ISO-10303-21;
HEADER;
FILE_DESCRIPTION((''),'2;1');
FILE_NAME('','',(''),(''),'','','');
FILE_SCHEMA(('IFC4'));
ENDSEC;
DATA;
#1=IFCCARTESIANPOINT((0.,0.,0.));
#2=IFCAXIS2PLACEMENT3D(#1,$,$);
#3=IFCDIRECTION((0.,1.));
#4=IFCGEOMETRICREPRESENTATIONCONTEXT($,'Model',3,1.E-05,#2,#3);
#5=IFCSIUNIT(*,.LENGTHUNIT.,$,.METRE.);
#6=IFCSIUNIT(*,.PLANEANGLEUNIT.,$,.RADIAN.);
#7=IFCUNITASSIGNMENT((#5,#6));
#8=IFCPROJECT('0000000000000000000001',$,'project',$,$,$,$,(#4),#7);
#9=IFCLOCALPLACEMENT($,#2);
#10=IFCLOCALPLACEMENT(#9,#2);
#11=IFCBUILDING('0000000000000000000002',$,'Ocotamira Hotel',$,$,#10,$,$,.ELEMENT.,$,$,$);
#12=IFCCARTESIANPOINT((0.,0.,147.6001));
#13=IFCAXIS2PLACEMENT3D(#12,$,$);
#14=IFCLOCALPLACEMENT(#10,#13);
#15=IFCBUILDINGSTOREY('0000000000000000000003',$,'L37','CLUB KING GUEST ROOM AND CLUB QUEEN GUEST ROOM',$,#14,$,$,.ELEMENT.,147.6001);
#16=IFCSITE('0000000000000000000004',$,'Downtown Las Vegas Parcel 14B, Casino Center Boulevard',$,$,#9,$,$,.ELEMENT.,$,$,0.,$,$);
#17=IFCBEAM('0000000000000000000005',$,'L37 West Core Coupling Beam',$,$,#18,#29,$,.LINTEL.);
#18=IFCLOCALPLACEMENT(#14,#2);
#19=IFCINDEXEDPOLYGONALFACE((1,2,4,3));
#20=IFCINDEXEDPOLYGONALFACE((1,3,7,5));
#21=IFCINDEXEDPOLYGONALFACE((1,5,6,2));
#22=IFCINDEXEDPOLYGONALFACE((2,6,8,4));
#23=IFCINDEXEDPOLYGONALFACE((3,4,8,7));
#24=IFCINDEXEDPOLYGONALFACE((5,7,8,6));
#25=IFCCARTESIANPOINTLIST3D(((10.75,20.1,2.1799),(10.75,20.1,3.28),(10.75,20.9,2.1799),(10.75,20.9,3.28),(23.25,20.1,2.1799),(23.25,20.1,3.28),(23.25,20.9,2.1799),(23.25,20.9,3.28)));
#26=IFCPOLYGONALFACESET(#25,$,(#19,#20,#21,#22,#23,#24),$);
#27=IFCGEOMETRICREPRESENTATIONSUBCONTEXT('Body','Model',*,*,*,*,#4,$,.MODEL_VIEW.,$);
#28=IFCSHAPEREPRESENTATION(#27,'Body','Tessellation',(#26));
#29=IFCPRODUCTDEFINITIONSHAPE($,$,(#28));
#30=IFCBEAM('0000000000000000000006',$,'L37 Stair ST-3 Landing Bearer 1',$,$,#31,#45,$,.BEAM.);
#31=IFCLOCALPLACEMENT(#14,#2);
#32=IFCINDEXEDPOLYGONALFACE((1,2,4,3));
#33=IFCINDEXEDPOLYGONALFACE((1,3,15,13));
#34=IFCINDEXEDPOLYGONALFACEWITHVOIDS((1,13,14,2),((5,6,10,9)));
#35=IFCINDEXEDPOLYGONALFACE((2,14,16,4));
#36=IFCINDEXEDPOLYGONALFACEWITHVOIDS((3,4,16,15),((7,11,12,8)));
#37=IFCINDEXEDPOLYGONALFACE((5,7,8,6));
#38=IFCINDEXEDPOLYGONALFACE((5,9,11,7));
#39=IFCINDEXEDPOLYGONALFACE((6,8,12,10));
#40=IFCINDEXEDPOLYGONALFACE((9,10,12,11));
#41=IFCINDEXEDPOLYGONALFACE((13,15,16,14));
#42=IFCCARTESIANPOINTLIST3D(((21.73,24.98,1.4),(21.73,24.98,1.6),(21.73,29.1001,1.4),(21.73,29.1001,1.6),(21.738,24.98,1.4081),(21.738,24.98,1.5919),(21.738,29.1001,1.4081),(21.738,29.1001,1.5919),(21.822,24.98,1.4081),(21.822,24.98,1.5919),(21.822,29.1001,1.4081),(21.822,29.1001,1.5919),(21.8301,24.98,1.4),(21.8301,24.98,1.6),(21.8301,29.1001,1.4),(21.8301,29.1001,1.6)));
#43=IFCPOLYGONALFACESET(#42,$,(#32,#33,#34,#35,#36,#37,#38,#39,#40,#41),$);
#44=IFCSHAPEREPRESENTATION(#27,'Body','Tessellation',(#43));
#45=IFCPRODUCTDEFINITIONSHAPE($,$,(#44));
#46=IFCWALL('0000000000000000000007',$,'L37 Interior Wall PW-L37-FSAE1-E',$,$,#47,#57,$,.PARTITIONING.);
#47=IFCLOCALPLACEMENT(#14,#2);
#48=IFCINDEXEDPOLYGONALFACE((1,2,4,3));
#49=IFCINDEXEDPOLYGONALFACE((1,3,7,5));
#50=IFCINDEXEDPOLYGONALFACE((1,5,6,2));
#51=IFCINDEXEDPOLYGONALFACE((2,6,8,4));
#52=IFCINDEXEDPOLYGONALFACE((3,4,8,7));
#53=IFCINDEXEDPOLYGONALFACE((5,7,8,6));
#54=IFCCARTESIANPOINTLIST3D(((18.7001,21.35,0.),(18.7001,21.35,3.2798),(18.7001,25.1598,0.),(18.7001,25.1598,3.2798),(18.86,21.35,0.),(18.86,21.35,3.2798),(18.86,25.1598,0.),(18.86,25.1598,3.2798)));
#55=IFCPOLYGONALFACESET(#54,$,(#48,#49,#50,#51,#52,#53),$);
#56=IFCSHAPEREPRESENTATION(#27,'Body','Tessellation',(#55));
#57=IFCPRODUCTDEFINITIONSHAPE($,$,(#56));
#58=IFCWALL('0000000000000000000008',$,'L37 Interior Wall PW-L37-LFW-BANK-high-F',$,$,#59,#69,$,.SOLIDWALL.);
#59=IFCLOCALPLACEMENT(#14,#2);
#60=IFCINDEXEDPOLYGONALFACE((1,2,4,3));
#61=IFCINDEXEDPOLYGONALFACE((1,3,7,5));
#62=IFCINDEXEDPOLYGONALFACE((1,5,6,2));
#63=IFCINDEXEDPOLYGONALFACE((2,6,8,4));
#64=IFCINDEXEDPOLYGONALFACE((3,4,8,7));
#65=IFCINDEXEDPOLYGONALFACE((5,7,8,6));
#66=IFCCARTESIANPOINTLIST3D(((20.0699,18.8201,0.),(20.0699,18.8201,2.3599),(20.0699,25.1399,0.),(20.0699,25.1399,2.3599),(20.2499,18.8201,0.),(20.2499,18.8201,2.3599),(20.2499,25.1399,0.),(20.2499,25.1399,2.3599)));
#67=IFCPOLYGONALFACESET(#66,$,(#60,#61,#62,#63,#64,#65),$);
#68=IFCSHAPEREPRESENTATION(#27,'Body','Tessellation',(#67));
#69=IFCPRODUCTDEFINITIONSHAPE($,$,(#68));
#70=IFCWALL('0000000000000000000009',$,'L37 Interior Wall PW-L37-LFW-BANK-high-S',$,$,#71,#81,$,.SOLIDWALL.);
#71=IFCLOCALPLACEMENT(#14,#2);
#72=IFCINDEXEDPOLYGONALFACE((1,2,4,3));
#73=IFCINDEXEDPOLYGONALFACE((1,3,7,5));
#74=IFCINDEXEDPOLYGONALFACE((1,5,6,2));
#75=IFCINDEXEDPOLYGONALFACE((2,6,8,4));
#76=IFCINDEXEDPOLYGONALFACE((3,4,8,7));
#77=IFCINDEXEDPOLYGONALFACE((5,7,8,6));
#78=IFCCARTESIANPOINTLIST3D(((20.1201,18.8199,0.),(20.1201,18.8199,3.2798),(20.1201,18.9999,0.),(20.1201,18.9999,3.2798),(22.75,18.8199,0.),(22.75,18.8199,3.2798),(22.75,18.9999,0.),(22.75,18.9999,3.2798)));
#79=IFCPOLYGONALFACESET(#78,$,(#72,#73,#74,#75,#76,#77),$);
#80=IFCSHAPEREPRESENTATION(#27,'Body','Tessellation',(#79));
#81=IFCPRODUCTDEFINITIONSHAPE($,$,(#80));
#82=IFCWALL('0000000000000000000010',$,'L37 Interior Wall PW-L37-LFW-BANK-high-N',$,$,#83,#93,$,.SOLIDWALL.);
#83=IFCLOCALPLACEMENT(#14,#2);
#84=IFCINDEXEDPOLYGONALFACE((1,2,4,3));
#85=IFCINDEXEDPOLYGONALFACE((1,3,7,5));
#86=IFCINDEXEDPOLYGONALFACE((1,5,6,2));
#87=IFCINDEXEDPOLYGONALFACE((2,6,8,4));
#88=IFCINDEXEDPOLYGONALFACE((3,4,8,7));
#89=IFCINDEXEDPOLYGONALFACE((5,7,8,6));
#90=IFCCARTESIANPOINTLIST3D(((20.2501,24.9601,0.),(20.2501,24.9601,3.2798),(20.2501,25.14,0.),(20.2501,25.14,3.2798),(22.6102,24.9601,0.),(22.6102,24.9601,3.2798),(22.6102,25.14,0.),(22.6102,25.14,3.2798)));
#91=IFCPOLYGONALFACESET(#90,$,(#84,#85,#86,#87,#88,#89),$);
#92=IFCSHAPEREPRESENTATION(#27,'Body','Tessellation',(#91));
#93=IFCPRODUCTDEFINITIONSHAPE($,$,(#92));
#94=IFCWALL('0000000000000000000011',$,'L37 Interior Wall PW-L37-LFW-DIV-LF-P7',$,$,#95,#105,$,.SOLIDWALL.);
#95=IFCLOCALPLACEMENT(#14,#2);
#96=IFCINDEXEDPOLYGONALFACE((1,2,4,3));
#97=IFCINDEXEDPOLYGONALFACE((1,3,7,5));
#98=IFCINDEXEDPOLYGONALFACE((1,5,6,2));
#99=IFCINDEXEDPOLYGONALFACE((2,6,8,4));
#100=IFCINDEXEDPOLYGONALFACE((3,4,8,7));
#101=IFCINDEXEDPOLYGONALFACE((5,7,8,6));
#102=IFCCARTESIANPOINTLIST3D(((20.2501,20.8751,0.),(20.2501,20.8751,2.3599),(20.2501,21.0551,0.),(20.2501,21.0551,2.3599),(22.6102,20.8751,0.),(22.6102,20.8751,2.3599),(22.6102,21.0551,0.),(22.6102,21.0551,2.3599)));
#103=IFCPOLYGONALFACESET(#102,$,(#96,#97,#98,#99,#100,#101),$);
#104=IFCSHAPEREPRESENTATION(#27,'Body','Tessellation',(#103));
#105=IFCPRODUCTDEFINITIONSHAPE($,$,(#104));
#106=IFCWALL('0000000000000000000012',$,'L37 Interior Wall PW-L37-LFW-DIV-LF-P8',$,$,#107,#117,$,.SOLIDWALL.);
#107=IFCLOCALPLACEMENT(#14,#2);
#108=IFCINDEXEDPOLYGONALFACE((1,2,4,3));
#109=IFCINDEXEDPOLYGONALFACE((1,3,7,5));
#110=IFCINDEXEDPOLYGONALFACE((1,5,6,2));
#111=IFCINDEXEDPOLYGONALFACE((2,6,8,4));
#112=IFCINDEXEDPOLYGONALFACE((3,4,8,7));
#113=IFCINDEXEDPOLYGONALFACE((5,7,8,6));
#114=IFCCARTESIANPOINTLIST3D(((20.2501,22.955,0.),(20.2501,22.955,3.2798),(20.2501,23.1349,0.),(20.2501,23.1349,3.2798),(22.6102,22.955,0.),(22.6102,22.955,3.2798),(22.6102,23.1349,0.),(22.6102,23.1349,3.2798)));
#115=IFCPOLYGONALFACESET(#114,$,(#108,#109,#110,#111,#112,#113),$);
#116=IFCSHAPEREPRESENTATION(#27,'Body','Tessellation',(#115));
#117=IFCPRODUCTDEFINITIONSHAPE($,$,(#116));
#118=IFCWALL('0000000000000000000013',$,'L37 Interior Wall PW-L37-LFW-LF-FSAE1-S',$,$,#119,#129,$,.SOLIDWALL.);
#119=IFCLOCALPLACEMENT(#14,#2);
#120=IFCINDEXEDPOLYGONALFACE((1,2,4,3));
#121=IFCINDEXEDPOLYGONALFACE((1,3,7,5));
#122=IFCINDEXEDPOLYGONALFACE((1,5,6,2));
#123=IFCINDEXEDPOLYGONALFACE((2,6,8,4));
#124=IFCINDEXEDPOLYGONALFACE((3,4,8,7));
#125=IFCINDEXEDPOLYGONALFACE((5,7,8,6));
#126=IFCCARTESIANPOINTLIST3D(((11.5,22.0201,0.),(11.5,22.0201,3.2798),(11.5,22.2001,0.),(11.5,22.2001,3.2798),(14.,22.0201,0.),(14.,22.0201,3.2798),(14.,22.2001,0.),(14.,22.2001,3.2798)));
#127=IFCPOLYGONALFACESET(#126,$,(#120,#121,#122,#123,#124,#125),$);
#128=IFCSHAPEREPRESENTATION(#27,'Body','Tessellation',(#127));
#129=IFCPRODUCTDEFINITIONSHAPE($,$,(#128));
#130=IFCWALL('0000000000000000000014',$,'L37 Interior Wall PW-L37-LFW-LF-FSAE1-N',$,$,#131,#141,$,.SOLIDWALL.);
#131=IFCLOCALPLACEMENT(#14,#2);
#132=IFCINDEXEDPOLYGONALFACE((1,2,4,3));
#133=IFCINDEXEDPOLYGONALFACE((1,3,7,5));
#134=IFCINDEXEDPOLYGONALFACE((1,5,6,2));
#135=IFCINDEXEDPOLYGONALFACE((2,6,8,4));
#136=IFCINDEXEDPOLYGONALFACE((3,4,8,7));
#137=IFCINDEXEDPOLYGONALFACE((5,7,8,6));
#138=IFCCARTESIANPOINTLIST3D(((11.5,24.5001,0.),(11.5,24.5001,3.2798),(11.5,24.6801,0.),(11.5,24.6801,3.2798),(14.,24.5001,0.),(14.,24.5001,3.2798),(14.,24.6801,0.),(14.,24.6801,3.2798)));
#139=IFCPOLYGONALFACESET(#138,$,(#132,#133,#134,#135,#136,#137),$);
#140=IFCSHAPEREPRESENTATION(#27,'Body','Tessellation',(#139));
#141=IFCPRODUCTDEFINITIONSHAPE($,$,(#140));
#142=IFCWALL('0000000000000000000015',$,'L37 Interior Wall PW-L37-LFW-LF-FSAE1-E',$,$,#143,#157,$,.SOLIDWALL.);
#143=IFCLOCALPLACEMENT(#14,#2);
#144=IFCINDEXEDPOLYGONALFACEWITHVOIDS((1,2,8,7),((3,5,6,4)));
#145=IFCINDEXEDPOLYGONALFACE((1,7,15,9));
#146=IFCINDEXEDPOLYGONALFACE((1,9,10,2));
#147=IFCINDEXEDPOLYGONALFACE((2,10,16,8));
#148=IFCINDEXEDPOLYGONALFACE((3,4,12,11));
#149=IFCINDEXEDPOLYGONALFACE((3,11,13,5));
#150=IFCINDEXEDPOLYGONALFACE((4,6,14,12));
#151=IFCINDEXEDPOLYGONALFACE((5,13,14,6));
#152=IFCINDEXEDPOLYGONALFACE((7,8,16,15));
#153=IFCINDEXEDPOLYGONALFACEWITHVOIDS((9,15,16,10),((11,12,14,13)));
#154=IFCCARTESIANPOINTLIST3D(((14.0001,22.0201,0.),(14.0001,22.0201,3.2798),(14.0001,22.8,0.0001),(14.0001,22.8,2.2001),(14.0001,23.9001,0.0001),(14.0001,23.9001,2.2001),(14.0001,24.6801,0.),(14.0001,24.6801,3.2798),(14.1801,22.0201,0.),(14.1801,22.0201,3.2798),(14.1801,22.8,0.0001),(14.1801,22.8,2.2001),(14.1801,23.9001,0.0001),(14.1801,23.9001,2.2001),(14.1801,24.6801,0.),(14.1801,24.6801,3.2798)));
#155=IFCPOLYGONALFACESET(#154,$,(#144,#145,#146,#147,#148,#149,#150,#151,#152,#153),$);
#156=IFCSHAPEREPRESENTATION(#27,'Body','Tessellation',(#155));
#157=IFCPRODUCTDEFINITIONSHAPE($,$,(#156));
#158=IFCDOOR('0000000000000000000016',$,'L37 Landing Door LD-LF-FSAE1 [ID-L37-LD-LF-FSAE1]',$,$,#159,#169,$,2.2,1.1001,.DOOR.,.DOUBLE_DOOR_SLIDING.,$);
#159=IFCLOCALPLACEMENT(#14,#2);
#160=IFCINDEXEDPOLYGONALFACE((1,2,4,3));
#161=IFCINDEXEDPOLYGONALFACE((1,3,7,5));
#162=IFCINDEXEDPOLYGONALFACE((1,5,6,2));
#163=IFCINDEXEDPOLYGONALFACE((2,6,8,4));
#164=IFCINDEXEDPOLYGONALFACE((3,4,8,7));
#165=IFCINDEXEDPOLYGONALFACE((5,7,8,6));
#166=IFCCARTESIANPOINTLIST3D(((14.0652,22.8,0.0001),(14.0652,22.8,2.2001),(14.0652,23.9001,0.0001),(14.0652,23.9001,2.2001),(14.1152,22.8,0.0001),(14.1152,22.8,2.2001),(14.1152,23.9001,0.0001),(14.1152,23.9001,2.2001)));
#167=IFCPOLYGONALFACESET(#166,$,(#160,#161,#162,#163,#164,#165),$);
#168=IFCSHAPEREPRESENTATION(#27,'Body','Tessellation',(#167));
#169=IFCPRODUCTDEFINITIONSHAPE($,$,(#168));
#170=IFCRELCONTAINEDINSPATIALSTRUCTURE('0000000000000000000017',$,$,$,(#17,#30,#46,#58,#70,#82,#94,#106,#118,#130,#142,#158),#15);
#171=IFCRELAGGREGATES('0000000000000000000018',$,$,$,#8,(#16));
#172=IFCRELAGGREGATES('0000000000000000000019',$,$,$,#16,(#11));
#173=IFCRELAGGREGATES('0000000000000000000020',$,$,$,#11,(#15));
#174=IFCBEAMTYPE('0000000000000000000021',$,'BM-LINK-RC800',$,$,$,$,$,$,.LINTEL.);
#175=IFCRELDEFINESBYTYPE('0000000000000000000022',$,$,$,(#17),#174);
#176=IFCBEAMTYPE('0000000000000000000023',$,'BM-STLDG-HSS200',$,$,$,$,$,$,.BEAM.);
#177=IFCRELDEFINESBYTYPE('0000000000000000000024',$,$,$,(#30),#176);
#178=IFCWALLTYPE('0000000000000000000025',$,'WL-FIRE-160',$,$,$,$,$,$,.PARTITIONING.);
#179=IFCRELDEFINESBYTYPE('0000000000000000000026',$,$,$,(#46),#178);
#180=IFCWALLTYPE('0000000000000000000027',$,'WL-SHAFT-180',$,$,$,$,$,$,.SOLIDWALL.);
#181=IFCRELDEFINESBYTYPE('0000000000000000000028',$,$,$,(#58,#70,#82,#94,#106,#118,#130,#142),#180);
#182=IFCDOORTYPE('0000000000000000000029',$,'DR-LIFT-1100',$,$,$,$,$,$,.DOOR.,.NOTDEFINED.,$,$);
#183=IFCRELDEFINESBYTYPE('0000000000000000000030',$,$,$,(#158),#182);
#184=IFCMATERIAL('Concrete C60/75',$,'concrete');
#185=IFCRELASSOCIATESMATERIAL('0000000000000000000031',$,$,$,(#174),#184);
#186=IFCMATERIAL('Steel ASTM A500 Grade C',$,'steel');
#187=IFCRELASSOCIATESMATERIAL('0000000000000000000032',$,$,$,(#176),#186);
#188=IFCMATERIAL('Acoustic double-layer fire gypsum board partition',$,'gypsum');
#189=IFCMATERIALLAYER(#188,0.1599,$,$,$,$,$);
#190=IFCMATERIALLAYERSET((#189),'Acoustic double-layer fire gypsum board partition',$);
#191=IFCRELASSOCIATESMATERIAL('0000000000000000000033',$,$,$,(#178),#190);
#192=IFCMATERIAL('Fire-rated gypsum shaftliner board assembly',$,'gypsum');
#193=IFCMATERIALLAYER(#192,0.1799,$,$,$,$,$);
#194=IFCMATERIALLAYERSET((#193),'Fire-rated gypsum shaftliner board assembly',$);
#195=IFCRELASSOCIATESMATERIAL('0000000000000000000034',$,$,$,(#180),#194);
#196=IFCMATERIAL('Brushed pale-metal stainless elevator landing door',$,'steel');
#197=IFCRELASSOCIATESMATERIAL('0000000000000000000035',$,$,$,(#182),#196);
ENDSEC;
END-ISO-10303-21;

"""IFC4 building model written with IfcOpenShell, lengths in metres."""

from ifc_helpers import new_model, si_unit, direction, frame, frame_2d, origin, origin_2d, place, context, subcontext, project, spatial, rectangle, hollow_rectangle, extrude, source, transform, mapped, material, layer, layer_set, material_profile, profile_set, type_object, element, fill, save


model = new_model("IFC4")

# Units and contexts
model_context = context("Model", 3, precision=1e-05, world=origin(), true_north=direction((0.0, 1.0)))
body_context = subcontext(model_context, "Body", "Model", "MODEL_VIEW")
ifc_project = project(units=[si_unit("LENGTHUNIT", "METRE"), si_unit("PLANEANGLEUNIT", "RADIAN")], contexts=[model_context])

# Site, building, storey
site_placement = place(None, origin())
site = spatial("IfcSite", under=ifc_project, at=site_placement, Name="Downtown Las Vegas Parcel 14B, Casino Center Boulevard", CompositionType="ELEMENT", RefElevation=0.0)
building_placement = place(site_placement, origin())
building = spatial("IfcBuilding", under=site, at=building_placement, Name="Ocotamira Hotel", CompositionType="ELEMENT")
storey_placement = place(building_placement, frame((0.0, 0.0, 147.6001)))
storey = spatial("IfcBuildingStorey", under=building, at=storey_placement, Name="L37", Description="CLUB KING GUEST ROOM AND CLUB QUEEN GUEST ROOM", CompositionType="ELEMENT", Elevation=147.6001)

# Beams
ifc_material_1 = material(Name="Concrete C60/75", Category="concrete")
ifc_material_profile_1 = material_profile(ifc_material_1, rectangle(XDim=0.8, YDim=1.1001, at=origin_2d()), Name="RC800X1100")
ifc_profile_set_1 = profile_set([ifc_material_profile_1], Name="Concrete C60/75")
beam_type_1 = type_object("IfcBeamType", Name="BM-LINK-RC800", PredefinedType="LINTEL", material=ifc_profile_set_1)
shared_shape_1 = source(origin(), body_context, "Body", "SweptSolid", [
    extrude(rectangle(XDim=0.8, YDim=1.1001, at=origin_2d()), origin(), (0.0, 0.0, 1.0), 12.5),
])
beam_1_placement = place(storey_placement, frame((10.75, 20.5, 2.73), z_axis=(1.0, 0.0, 0.0), x_axis=(0.0, 1.0, 0.0)))
element("IfcBeam", 1, at=beam_1_placement, inside=storey, type_object=beam_type_1, Name="L37 West Core Coupling Beam", PredefinedType="LINTEL", context=body_context, shape_type="MappedRepresentation", body=[
    mapped(shared_shape_1, transform((0.0, 0.0, 0.0), scale=1.0)),
])
ifc_material_2 = material(Name="Steel ASTM A500 Grade C", Category="steel")
ifc_material_profile_2 = material_profile(ifc_material_2, hollow_rectangle(XDim=0.1001, YDim=0.2, WallThickness=0.0081, at=origin_2d()), Name="HSS200X100X8")
ifc_profile_set_2 = profile_set([ifc_material_profile_2], Name="Steel ASTM A500 Grade C")
beam_type_2 = type_object("IfcBeamType", Name="BM-STLDG-HSS200", PredefinedType="BEAM", material=ifc_profile_set_2)
shared_shape_2 = source(origin(), body_context, "Body", "SweptSolid", [
    extrude(hollow_rectangle(XDim=0.1001, YDim=0.2, WallThickness=0.0081, at=origin_2d()), origin(), (0.0, 0.0, 1.0), 4.1201),
])
beam_2_placement = place(storey_placement, frame((21.78, 24.98, 1.5), z_axis=(0.0, 1.0, 0.0), x_axis=(-1.0, 0.0, 0.0)))
element("IfcBeam", 2, at=beam_2_placement, inside=storey, type_object=beam_type_2, Name="L37 Stair ST-3 Landing Bearer 1", PredefinedType="BEAM", context=body_context, shape_type="MappedRepresentation", body=[
    mapped(shared_shape_2, transform((0.0, 0.0, 0.0), scale=1.0)),
])

# Shared definitions
ifc_material_3 = material(Name="Acoustic double-layer fire gypsum board partition", Category="gypsum")
ifc_layer_1 = layer(ifc_material_3, 0.1599)
ifc_layer_set_1 = layer_set([ifc_layer_1], Name="Acoustic double-layer fire gypsum board partition")
wall_type_1 = type_object("IfcWallType", Name="WL-FIRE-160", PredefinedType="PARTITIONING", material=ifc_layer_set_1)

# Walls
wall_1_placement = place(storey_placement, frame((18.78, 21.3501, 0.0), z_axis=(0.0, 0.0, 1.0), x_axis=(0.0, 1.0, 0.0)))
element("IfcWall", 3, at=wall_1_placement, inside=storey, type_object=wall_type_1, Name="L37 Interior Wall PW-L37-FSAE1-E", PredefinedType="PARTITIONING", context=body_context, shape_type="SweptSolid", body=[
    extrude(rectangle(XDim=3.8098, YDim=0.1599, at=frame_2d((1.9048, 0.0))), origin(), (0.0, 0.0, 1.0), 3.2798),
])
ifc_material_4 = material(Name="Fire-rated gypsum shaftliner board assembly", Category="gypsum")
ifc_layer_2 = layer(ifc_material_4, 0.1799)
ifc_layer_set_2 = layer_set([ifc_layer_2], Name="Fire-rated gypsum shaftliner board assembly")
wall_type_2 = type_object("IfcWallType", Name="WL-SHAFT-180", PredefinedType="SOLIDWALL", material=ifc_layer_set_2)
wall_2_placement = place(storey_placement, frame((20.1599, 18.8201, 0.0), z_axis=(0.0, 0.0, 1.0), x_axis=(0.0, 1.0, 0.0)))
element("IfcWall", 4, at=wall_2_placement, inside=storey, type_object=wall_type_2, Name="L37 Interior Wall PW-L37-LFW-BANK-high-F", PredefinedType="SOLIDWALL", context=body_context, shape_type="SweptSolid", body=[
    extrude(rectangle(XDim=6.3198, YDim=0.1799, at=frame_2d((3.1599, 0.0))), origin(), (0.0, 0.0, 1.0), 2.3599),
])
wall_3_placement = place(storey_placement, frame((20.1201, 18.9099, 0.0), z_axis=(0.0, 0.0, 1.0), x_axis=(1.0, 0.0, 0.0)))
element("IfcWall", 5, at=wall_3_placement, inside=storey, type_object=wall_type_2, Name="L37 Interior Wall PW-L37-LFW-BANK-high-S", PredefinedType="SOLIDWALL", context=body_context, shape_type="SweptSolid", body=[
    extrude(rectangle(XDim=2.6299, YDim=0.1799, at=frame_2d((1.3149, 0.0))), origin(), (0.0, 0.0, 1.0), 3.2798),
])
wall_4_placement = place(storey_placement, frame((20.25, 25.05, 0.0), z_axis=(0.0, 0.0, 1.0), x_axis=(1.0, 0.0, 0.0)))
element("IfcWall", 6, at=wall_4_placement, inside=storey, type_object=wall_type_2, Name="L37 Interior Wall PW-L37-LFW-BANK-high-N", PredefinedType="SOLIDWALL", context=body_context, shape_type="SweptSolid", body=[
    extrude(rectangle(XDim=2.3601, YDim=0.1799, at=frame_2d((1.1802, 0.0))), origin(), (0.0, 0.0, 1.0), 3.2798),
])
wall_5_placement = place(storey_placement, frame((20.25, 20.9651, 0.0), z_axis=(0.0, 0.0, 1.0), x_axis=(1.0, 0.0, 0.0)))
element("IfcWall", 7, at=wall_5_placement, inside=storey, type_object=wall_type_2, Name="L37 Interior Wall PW-L37-LFW-DIV-LF-P7", PredefinedType="SOLIDWALL", context=body_context, shape_type="SweptSolid", body=[
    extrude(rectangle(XDim=2.3601, YDim=0.1799, at=frame_2d((1.1802, 0.0))), origin(), (0.0, 0.0, 1.0), 2.3599),
])
wall_6_placement = place(storey_placement, frame((20.25, 23.0449, 0.0), z_axis=(0.0, 0.0, 1.0), x_axis=(1.0, 0.0, 0.0)))
element("IfcWall", 8, at=wall_6_placement, inside=storey, type_object=wall_type_2, Name="L37 Interior Wall PW-L37-LFW-DIV-LF-P8", PredefinedType="SOLIDWALL", context=body_context, shape_type="SweptSolid", body=[
    extrude(rectangle(XDim=2.3601, YDim=0.1799, at=frame_2d((1.1802, 0.0))), origin(), (0.0, 0.0, 1.0), 3.2798),
])
for number, where, z_axis, x_axis, name in (
    (9, (11.5, 22.1101, 0.0), (0.0, 0.0, 1.0), (1.0, 0.0, 0.0), "L37 Interior Wall PW-L37-LFW-LF-FSAE1-S"),
    (10, (11.5, 24.5901, 0.0), (0.0, 0.0, 1.0), (1.0, 0.0, 0.0), "L37 Interior Wall PW-L37-LFW-LF-FSAE1-N"),
):
    element("IfcWall", number, at=place(storey_placement, frame(where, z_axis=z_axis, x_axis=x_axis)), inside=storey, type_object=wall_type_2, Name=name, PredefinedType="SOLIDWALL", context=body_context, shape_type="SweptSolid", body=[
        extrude(rectangle(XDim=2.5, YDim=0.1799, at=frame_2d((1.25, 0.0))), origin(), (0.0, 0.0, 1.0), 3.2798),
    ])

# Wall, opening, door
wall_7_placement = place(storey_placement, frame((14.0901, 22.02, 0.0), z_axis=(0.0, 0.0, 1.0), x_axis=(0.0, 1.0, 0.0)))
wall_7 = element("IfcWall", 11, at=wall_7_placement, inside=storey, type_object=wall_type_2, Name="L37 Interior Wall PW-L37-LFW-LF-FSAE1-E", PredefinedType="SOLIDWALL", context=body_context, shape_type="SweptSolid", body=[
    extrude(rectangle(XDim=2.6599, YDim=0.1799, at=frame_2d((1.3301, 0.0))), origin(), (0.0, 0.0, 1.0), 3.2798),
])
opening_1_placement = place(wall_7_placement, frame((0.78, 0.0, 0.0)))
opening_1 = element("IfcOpeningElement", 12, at=opening_1_placement, cuts=wall_7, PredefinedType="OPENING", context=body_context, shape_type="SweptSolid", body=[
    extrude(rectangle(XDim=1.1001, YDim=2.2, at=frame_2d((0.55, 1.1001))), frame((0.0, 0.1001, 0.0), z_axis=(0.0, -1.0, 0.0), x_axis=(1.0, 0.0, 0.0)), (0.0, 0.0, 1.0), 0.2),
])
ifc_material_5 = material(Name="Brushed pale-metal stainless elevator landing door", Category="steel")
door_type_1 = type_object("IfcDoorType", Name="DR-LIFT-1100", OperationType="NOTDEFINED", PredefinedType="DOOR", material=ifc_material_5)
shared_shape_3 = source(origin(), body_context, "Body", "SweptSolid", [
    extrude(rectangle(XDim=1.1001, YDim=2.2, at=frame_2d((0.55, 1.1001))), frame((0.0, 0.0249, 0.0), z_axis=(0.0, -1.0, 0.0), x_axis=(1.0, 0.0, 0.0)), (0.0, 0.0, 1.0), 0.05),
])
door_1_placement = place(opening_1_placement, origin())
door_1 = element("IfcDoor", 13, at=door_1_placement, inside=storey, type_object=door_type_1, Name="L37 Landing Door LD-LF-FSAE1 [ID-L37-LD-LF-FSAE1]", OperationType="DOUBLE_DOOR_SLIDING", OverallHeight=2.2, OverallWidth=1.1001, PredefinedType="DOOR", context=body_context, shape_type="MappedRepresentation", body=[
    mapped(shared_shape_3, transform((0.0, 0.0, 0.0), scale=1.0)),
])
fill(opening_1, door_1)

save(model, "model.ifc")
